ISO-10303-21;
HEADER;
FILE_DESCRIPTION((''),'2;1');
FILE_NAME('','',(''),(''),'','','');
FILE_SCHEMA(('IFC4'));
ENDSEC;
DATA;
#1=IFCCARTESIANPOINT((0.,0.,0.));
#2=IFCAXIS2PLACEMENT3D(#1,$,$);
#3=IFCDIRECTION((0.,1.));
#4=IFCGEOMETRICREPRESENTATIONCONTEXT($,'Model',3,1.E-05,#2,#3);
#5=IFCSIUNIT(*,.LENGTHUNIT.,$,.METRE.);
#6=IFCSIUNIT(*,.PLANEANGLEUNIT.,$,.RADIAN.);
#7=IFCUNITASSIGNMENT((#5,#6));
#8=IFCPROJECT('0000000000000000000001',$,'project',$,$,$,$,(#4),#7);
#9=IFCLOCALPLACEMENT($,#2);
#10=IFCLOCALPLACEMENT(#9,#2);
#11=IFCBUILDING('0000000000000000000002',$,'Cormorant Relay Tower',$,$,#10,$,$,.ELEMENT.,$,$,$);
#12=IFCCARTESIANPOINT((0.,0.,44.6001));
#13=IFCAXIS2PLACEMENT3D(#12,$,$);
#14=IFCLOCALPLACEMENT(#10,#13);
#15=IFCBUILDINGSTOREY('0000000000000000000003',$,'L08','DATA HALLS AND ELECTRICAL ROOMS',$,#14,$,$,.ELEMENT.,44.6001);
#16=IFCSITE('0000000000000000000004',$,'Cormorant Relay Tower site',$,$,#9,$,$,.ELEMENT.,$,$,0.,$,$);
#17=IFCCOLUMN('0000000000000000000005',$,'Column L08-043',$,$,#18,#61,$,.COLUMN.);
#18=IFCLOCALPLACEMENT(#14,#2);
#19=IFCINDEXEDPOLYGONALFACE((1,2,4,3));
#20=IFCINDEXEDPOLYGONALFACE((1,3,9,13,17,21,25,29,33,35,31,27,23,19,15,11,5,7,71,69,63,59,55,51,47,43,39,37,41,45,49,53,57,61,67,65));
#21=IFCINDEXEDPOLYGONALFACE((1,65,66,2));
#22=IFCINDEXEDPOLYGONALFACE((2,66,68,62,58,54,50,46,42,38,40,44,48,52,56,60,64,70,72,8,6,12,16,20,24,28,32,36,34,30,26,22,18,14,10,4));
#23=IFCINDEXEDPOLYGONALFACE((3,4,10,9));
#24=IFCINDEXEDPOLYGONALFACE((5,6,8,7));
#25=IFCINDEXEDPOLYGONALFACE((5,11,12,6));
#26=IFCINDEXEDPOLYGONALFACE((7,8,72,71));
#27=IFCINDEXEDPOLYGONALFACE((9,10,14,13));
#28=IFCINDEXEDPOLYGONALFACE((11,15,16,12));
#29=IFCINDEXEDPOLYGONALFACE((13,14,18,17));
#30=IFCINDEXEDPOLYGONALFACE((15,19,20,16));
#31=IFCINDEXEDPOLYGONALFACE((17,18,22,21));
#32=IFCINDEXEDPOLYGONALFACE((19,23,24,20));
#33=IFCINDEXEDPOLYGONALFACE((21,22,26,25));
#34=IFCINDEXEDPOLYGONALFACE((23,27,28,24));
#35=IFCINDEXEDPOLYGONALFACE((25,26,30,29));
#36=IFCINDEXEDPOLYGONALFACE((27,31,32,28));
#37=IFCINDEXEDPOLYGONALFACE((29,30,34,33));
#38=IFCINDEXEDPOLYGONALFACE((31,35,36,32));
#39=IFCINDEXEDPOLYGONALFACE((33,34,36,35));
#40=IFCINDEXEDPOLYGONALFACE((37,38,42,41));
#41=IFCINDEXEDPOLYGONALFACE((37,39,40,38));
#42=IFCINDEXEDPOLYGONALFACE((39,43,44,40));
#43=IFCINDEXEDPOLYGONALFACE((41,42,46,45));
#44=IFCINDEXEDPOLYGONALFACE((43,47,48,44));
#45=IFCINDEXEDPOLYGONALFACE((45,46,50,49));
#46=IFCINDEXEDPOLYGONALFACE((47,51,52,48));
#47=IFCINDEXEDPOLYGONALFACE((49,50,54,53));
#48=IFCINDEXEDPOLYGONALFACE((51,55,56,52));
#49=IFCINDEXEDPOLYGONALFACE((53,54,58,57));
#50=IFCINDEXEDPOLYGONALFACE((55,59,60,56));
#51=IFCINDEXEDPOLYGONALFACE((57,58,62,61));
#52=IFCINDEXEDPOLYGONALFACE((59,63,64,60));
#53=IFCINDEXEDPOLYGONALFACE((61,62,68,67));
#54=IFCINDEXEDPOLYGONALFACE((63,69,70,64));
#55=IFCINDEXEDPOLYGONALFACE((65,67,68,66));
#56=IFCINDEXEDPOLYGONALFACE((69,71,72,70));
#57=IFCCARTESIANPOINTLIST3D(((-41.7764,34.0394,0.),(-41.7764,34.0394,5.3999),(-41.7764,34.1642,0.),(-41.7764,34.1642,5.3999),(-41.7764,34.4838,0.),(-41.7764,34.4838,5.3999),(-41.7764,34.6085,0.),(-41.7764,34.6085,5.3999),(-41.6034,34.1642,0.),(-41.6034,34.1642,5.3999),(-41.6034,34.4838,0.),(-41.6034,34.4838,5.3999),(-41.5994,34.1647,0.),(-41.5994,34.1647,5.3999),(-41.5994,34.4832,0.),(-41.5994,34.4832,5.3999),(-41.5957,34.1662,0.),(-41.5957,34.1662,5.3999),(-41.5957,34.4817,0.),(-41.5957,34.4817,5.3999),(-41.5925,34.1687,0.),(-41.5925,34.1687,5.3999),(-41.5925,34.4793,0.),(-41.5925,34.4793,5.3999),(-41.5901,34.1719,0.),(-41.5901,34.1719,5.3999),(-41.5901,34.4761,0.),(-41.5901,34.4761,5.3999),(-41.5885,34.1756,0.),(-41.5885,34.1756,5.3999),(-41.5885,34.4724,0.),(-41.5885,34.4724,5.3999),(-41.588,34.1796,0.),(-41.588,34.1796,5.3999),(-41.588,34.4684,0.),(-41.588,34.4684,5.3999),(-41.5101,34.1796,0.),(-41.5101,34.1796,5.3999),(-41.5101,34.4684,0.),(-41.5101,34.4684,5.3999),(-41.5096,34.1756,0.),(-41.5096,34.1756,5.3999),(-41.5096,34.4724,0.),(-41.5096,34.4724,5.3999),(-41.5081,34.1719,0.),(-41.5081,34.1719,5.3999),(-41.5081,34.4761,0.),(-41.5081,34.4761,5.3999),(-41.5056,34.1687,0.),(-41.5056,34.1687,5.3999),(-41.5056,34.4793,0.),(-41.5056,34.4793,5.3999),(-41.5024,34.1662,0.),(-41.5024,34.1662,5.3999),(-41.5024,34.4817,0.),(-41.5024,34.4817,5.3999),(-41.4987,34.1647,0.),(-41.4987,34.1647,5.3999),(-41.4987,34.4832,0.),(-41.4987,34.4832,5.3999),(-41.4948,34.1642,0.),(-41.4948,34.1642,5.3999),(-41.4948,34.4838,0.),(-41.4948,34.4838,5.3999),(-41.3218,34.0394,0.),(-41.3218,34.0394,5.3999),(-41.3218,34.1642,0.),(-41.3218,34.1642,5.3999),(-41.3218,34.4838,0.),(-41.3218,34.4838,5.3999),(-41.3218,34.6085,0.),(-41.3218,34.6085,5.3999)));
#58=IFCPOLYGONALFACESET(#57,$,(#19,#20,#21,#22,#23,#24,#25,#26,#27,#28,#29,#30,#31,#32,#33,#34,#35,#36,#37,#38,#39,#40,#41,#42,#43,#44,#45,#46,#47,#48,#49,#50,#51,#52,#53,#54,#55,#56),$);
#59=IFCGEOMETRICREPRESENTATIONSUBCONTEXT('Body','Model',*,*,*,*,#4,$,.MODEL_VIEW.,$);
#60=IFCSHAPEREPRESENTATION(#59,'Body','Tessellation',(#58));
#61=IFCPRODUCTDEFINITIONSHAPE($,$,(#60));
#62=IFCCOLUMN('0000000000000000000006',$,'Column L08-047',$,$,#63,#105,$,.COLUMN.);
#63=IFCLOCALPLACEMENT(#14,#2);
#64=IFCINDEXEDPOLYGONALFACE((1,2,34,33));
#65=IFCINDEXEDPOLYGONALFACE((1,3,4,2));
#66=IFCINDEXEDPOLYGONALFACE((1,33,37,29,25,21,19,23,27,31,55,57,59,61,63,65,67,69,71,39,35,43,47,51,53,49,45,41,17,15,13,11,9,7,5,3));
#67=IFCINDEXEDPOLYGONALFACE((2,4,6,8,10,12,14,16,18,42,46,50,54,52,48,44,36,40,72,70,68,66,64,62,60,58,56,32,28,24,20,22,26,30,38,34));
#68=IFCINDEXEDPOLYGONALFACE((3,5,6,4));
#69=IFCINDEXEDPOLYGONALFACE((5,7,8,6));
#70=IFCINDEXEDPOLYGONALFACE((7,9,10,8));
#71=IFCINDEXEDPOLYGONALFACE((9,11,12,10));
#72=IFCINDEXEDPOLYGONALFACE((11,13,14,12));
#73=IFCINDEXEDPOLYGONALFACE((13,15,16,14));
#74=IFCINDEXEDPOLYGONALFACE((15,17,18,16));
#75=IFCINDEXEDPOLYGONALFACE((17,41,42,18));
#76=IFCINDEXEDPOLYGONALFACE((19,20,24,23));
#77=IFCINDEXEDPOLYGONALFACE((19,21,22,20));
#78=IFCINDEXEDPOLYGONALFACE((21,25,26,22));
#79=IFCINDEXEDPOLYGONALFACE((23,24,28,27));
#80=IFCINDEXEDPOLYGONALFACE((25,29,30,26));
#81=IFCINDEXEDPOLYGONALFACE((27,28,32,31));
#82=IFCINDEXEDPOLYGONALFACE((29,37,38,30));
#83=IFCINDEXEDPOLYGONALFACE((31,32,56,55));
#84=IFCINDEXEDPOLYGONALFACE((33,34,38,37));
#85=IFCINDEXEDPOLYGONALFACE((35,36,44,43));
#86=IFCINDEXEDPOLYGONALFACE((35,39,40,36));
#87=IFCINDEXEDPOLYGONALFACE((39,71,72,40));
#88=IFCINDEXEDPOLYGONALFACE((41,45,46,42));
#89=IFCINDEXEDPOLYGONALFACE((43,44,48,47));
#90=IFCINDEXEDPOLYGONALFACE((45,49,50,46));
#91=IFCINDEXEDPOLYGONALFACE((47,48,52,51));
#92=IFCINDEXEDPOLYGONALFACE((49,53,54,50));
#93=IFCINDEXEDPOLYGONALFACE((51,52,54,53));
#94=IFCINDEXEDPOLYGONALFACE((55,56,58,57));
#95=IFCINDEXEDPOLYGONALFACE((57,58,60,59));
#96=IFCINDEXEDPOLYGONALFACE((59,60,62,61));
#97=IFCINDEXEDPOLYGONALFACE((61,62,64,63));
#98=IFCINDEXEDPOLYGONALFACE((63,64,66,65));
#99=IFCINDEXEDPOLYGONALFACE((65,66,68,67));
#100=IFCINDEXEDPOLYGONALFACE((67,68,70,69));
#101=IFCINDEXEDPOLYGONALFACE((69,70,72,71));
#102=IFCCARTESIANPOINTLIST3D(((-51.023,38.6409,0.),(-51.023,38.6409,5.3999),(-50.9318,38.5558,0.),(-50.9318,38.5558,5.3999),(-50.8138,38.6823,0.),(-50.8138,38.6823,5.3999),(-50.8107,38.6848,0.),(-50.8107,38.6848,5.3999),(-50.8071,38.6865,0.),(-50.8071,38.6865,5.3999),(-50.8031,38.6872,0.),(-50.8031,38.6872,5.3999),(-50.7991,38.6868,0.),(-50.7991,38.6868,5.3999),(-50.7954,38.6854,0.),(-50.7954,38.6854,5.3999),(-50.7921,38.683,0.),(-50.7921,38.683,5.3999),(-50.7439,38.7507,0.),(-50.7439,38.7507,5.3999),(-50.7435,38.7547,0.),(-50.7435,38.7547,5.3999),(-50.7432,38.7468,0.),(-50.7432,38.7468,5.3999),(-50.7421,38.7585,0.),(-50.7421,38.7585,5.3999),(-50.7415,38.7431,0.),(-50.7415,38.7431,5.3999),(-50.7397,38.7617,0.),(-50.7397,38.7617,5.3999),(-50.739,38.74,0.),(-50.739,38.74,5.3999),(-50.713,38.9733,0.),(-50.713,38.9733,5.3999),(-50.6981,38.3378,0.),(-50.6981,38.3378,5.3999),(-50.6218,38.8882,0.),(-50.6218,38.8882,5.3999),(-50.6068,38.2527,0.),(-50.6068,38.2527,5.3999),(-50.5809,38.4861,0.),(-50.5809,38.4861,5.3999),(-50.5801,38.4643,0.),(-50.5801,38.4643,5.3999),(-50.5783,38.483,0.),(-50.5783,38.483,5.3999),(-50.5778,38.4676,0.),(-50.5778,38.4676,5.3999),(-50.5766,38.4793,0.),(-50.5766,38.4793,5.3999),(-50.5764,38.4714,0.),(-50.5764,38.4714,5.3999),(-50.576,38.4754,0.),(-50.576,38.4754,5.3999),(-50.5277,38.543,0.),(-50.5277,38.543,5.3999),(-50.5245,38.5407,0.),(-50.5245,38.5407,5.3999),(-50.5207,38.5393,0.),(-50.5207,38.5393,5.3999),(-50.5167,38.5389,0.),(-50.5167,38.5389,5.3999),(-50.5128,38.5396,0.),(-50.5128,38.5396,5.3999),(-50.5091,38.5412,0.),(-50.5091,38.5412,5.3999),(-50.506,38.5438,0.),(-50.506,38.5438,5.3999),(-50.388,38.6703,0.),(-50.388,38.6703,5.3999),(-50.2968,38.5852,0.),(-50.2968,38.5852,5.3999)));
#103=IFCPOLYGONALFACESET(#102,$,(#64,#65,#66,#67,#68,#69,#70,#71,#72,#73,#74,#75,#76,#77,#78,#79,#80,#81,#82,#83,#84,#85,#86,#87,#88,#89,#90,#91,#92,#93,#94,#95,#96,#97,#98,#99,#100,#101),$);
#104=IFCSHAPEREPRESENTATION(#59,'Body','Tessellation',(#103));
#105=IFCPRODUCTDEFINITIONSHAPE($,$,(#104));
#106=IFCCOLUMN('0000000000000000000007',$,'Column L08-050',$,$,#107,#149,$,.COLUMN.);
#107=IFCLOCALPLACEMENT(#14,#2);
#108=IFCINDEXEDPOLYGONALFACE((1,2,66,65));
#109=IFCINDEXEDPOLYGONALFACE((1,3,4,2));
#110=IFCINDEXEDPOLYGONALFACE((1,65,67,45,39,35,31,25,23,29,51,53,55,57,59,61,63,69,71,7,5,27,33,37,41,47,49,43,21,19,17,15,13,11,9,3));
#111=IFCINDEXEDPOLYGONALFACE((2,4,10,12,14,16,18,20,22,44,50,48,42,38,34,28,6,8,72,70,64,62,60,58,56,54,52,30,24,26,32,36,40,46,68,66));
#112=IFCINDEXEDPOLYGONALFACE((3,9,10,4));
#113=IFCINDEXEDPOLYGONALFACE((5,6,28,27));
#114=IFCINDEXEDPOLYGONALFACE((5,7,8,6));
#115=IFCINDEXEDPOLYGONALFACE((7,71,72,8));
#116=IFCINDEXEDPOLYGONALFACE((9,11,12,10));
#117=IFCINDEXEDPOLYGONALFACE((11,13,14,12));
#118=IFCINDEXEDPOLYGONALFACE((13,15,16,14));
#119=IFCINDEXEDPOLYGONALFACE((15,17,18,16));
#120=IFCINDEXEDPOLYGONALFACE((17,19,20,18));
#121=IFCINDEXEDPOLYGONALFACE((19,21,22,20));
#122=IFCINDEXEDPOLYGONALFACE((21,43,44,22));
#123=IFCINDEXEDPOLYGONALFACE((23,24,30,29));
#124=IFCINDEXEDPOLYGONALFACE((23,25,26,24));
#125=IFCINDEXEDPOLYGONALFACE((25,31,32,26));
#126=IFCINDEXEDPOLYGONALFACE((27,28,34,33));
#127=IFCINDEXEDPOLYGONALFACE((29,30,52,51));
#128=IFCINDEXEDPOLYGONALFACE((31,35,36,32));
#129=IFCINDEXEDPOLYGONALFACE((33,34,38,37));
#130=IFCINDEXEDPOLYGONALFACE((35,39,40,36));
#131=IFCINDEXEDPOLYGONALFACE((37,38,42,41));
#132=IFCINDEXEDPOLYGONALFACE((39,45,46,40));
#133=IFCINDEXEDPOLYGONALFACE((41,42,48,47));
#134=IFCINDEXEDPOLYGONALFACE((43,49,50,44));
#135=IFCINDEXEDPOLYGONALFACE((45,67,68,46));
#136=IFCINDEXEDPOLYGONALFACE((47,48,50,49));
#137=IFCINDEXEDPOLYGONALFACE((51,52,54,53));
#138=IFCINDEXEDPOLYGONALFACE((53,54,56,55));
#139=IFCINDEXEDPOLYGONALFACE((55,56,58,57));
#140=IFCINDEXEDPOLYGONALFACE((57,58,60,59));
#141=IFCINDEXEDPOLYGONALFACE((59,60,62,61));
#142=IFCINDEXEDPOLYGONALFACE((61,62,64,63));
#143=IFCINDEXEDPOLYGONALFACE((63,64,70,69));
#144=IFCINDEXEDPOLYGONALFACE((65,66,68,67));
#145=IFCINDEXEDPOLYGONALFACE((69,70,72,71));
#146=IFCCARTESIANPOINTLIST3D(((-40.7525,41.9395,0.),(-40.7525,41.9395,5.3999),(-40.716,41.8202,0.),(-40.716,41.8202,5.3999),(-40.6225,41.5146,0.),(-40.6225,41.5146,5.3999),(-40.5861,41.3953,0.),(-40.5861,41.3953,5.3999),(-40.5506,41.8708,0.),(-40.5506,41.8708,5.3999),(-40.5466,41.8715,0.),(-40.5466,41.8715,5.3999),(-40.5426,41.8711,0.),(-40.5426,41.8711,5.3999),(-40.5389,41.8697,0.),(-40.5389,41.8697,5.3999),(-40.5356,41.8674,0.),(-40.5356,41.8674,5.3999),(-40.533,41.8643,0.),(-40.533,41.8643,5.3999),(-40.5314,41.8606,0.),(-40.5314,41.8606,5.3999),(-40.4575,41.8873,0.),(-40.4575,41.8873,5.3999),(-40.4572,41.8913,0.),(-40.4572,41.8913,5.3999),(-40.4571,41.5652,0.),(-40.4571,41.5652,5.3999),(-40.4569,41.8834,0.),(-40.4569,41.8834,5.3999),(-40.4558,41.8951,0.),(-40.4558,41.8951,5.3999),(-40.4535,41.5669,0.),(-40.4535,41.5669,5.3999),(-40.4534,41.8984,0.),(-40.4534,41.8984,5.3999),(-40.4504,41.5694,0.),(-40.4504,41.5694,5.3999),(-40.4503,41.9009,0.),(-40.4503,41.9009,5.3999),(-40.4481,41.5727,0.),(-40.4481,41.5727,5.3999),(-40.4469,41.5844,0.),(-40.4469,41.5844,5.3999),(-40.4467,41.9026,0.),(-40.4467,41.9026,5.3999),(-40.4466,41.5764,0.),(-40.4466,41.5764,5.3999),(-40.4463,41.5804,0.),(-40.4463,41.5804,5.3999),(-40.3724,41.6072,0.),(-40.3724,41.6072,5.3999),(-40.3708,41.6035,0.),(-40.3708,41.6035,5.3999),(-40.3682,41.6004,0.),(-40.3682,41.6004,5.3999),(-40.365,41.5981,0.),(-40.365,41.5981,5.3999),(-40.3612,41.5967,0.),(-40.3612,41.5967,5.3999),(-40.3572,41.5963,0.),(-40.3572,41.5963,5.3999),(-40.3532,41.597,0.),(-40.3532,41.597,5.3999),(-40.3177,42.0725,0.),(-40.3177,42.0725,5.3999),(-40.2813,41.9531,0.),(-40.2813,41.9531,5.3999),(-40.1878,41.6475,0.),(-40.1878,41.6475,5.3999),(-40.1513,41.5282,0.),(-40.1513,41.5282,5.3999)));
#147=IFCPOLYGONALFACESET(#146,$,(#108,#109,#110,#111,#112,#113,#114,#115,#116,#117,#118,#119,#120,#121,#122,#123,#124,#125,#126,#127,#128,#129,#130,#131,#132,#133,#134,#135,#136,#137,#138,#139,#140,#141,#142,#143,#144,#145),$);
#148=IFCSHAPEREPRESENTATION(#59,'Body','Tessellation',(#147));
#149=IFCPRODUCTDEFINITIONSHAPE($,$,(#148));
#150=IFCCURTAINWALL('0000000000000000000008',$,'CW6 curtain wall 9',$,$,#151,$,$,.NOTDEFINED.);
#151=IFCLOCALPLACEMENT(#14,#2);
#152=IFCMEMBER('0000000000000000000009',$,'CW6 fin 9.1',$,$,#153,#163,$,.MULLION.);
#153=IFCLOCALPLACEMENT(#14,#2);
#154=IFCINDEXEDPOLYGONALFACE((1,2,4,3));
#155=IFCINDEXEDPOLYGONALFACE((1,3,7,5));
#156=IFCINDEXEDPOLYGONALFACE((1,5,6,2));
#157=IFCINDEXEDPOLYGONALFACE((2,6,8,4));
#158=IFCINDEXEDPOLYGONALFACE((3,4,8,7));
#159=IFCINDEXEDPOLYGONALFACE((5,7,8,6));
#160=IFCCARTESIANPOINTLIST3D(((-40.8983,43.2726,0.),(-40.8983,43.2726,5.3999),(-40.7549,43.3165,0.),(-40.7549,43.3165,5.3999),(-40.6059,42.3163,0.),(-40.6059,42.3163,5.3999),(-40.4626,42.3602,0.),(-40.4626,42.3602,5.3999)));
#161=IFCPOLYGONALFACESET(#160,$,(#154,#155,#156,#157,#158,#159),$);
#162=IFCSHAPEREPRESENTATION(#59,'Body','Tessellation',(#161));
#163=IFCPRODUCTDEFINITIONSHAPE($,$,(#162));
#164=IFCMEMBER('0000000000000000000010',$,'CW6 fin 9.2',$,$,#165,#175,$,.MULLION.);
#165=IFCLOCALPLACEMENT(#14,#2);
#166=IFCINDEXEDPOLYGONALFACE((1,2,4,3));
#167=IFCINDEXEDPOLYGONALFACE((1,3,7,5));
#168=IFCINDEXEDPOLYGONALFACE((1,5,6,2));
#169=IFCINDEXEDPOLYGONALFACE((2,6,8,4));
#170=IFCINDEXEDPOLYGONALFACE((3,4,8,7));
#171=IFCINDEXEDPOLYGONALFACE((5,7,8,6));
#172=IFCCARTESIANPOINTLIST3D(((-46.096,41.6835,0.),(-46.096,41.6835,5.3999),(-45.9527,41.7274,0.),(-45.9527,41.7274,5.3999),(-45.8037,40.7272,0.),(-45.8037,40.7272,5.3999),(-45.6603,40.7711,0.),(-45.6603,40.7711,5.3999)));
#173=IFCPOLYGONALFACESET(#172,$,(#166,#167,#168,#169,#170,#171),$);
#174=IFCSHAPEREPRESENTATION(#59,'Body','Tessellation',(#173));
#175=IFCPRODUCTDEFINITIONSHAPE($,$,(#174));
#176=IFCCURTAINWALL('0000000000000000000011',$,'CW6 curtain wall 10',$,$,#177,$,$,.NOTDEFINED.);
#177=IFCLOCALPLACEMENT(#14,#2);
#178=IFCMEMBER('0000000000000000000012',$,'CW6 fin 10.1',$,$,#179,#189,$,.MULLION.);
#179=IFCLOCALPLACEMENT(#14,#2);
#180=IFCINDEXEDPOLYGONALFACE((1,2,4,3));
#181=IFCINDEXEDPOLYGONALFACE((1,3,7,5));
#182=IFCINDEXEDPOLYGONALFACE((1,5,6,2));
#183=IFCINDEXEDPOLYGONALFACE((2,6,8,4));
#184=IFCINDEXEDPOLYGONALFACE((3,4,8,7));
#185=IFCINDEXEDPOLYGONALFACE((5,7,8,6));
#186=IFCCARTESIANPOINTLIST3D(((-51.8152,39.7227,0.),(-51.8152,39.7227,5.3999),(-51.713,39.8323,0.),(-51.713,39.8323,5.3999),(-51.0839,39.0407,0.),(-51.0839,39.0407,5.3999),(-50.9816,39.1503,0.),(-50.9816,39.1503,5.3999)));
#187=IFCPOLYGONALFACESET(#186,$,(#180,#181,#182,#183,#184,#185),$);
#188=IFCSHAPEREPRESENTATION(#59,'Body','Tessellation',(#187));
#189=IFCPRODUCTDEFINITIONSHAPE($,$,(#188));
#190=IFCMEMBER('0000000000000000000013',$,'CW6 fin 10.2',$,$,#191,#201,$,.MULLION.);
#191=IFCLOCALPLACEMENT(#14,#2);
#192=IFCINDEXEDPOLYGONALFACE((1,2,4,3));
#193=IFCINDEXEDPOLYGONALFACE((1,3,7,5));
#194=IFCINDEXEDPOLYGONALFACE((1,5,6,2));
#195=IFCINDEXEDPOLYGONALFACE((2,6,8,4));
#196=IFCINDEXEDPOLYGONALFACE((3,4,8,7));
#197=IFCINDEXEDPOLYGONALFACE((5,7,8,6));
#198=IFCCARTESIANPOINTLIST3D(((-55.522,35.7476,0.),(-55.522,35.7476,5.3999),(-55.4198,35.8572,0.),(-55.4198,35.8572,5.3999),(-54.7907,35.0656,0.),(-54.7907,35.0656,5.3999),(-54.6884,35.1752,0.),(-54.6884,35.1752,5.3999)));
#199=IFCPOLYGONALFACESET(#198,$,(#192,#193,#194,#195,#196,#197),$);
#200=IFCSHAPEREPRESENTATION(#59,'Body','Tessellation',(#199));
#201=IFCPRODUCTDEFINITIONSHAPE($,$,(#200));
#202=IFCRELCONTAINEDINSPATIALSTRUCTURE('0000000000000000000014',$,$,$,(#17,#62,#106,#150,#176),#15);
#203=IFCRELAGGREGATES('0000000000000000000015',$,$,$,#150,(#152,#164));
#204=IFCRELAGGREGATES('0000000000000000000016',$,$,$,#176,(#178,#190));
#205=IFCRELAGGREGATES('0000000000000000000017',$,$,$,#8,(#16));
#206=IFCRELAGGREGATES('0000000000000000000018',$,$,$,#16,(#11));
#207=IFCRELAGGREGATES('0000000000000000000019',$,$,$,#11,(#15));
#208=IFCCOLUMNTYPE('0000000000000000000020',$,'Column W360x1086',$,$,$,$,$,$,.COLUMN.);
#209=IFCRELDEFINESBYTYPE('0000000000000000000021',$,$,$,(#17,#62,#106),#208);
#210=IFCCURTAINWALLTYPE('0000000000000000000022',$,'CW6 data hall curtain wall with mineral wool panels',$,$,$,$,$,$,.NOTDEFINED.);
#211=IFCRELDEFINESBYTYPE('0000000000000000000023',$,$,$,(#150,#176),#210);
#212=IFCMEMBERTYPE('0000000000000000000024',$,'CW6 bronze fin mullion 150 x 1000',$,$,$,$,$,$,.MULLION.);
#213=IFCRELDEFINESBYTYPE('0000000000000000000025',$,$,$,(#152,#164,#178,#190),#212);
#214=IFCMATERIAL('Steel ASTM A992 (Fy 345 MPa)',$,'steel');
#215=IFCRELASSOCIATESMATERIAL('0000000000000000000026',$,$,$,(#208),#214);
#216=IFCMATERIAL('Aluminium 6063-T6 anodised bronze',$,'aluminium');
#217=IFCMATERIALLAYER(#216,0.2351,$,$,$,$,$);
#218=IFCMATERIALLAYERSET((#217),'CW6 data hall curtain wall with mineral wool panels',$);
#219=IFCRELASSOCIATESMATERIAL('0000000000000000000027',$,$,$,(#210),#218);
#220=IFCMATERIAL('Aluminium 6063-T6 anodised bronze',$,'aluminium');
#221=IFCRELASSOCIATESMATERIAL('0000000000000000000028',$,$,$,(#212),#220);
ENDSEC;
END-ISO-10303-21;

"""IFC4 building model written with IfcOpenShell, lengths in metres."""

from ifc_helpers import new_model, si_unit, direction, frame, origin, origin_2d, place, context, subcontext, project, spatial, rectangle, i_section, extrude, material, layer, layer_set, material_profile, profile_set, type_object, element, aggregate, save


model = new_model("IFC4")

# Units and contexts
model_context = context("Model", 3, precision=1e-05, world=origin(), true_north=direction((0.0, 1.0)))
body_context = subcontext(model_context, "Body", "Model", "MODEL_VIEW")
ifc_project = project(units=[si_unit("LENGTHUNIT", "METRE"), si_unit("PLANEANGLEUNIT", "RADIAN")], contexts=[model_context])

# Site, building, storey
site_placement = place(None, origin())
site = spatial("IfcSite", under=ifc_project, at=site_placement, Name="Cormorant Relay Tower site", CompositionType="ELEMENT", RefElevation=0.0)
building_placement = place(site_placement, origin())
building = spatial("IfcBuilding", under=site, at=building_placement, Name="Cormorant Relay Tower", CompositionType="ELEMENT")
storey_placement = place(building_placement, frame((0.0, 0.0, 44.6001)))
storey = spatial("IfcBuildingStorey", under=building, at=storey_placement, Name="L08", Description="DATA HALLS AND ELECTRICAL ROOMS", CompositionType="ELEMENT", Elevation=44.6001)

# Columns
ifc_material_1 = material(Name="Steel ASTM A992 (Fy 345 MPa)", Category="steel")
ifc_material_profile_1 = material_profile(ifc_material_1, i_section(OverallWidth=0.4546, OverallDepth=0.5691, WebThickness=0.0779, FlangeThickness=0.1248, FilletRadius=0.0154, at=origin_2d()), Name="W360x1086")
ifc_profile_set_1 = profile_set([ifc_material_profile_1], Name="Steel ASTM A992 (Fy 345 MPa)")
column_type = type_object("IfcColumnType", Name="Column W360x1086", PredefinedType="COLUMN", material=ifc_profile_set_1)
for number, where, z_axis, x_axis, name in (
    (1, (-41.5491, 34.324, 0.0), (0.0, 0.0, 1.0), (1.0, 0.0, 0.0), "Column L08-043"),
    (2, (-50.6599, 38.613, 0.0), (0.0, 0.0, 1.0), (-0.681998, -0.731354, 0.0), "Column L08-047"),
    (3, (-40.4519, 41.7339, 0.0), (0.0, 0.0, 1.0), (-0.956305, -0.292372, 0.0), "Column L08-050"),
):
    element("IfcColumn", number, at=place(storey_placement, frame(where, z_axis=z_axis, x_axis=x_axis)), inside=storey, type_object=column_type, Name=name, PredefinedType="COLUMN", context=body_context, shape_type="SweptSolid", body=[
        extrude(i_section(OverallWidth=0.4546, OverallDepth=0.5691, WebThickness=0.0779, FlangeThickness=0.1248, FilletRadius=0.0154, at=origin_2d()), origin(), (0.0, 0.0, 1.0), 5.3999),
    ])

# Curtain walls, members
ifc_material_2 = material(Name="Aluminium 6063-T6 anodised bronze", Category="aluminium")
ifc_layer_1 = layer(ifc_material_2, 0.2351)
ifc_layer_set_1 = layer_set([ifc_layer_1], Name="CW6 data hall curtain wall with mineral wool panels")
curtain_wall_type = type_object("IfcCurtainWallType", Name="CW6 data hall curtain wall with mineral wool panels", PredefinedType="NOTDEFINED", material=ifc_layer_set_1)
curtain_wall_1_placement = place(storey_placement, origin())
curtain_wall_1 = element("IfcCurtainWall", 4, at=curtain_wall_1_placement, inside=storey, type_object=curtain_wall_type, Name="CW6 curtain wall 9", PredefinedType="NOTDEFINED")
ifc_material_3 = material(Name="Aluminium 6063-T6 anodised bronze", Category="aluminium")
ifc_material_profile_2 = material_profile(ifc_material_3, rectangle(XDim=0.1499, YDim=1.0, at=origin_2d()), Name="AL 150x1000")
ifc_profile_set_2 = profile_set([ifc_material_profile_2], Name="Aluminium 6063-T6 anodised bronze")
member_type_1 = type_object("IfcMemberType", Name="CW6 bronze fin mullion 150 x 1000", PredefinedType="MULLION", material=ifc_profile_set_2)
member_1_placement = place(storey_placement, frame((-40.6804, 42.8164, 0.0), z_axis=(0.0, 0.0, 1.0), x_axis=(-0.956305, -0.292372, 0.0)))
member_1 = element("IfcMember", 5, at=member_1_placement, type_object=member_type_1, Name="CW6 fin 9.1", PredefinedType="MULLION", context=body_context, shape_type="SweptSolid", body=[
    extrude(rectangle(XDim=0.1499, YDim=1.0, at=origin_2d()), origin(), (0.0, 0.0, 1.0), 5.3999),
])
member_2_placement = place(storey_placement, frame((-45.8782, 41.2273, 0.0), z_axis=(0.0, 0.0, 1.0), x_axis=(-0.956305, -0.292372, 0.0)))
member_2 = element("IfcMember", 6, at=member_2_placement, type_object=member_type_1, Name="CW6 fin 9.2", PredefinedType="MULLION", context=body_context, shape_type="SweptSolid", body=[
    extrude(rectangle(XDim=0.1499, YDim=1.0, at=origin_2d()), origin(), (0.0, 0.0, 1.0), 5.3999),
])
curtain_wall_2_placement = place(storey_placement, origin())
curtain_wall_2 = element("IfcCurtainWall", 7, at=curtain_wall_2_placement, inside=storey, type_object=curtain_wall_type, Name="CW6 curtain wall 10", PredefinedType="NOTDEFINED")
member_3_placement = place(storey_placement, frame((-51.3984, 39.4365, 0.0), z_axis=(0.0, 0.0, 1.0), x_axis=(-0.681998, -0.731354, 0.0)))
member_3 = element("IfcMember", 8, at=member_3_placement, type_object=member_type_1, Name="CW6 fin 10.1", PredefinedType="MULLION", context=body_context, shape_type="SweptSolid", body=[
    extrude(rectangle(XDim=0.1499, YDim=1.0, at=origin_2d()), origin(), (0.0, 0.0, 1.0), 5.3999),
])
member_4_placement = place(storey_placement, frame((-55.1052, 35.4614, 0.0), z_axis=(0.0, 0.0, 1.0), x_axis=(-0.681998, -0.731354, 0.0)))
member_4 = element("IfcMember", 9, at=member_4_placement, type_object=member_type_1, Name="CW6 fin 10.2", PredefinedType="MULLION", context=body_context, shape_type="SweptSolid", body=[
    extrude(rectangle(XDim=0.1499, YDim=1.0, at=origin_2d()), origin(), (0.0, 0.0, 1.0), 5.3999),
])

aggregate(curtain_wall_1, [member_1, member_2])
aggregate(curtain_wall_2, [member_3, member_4])

save(model, "model.ifc")
